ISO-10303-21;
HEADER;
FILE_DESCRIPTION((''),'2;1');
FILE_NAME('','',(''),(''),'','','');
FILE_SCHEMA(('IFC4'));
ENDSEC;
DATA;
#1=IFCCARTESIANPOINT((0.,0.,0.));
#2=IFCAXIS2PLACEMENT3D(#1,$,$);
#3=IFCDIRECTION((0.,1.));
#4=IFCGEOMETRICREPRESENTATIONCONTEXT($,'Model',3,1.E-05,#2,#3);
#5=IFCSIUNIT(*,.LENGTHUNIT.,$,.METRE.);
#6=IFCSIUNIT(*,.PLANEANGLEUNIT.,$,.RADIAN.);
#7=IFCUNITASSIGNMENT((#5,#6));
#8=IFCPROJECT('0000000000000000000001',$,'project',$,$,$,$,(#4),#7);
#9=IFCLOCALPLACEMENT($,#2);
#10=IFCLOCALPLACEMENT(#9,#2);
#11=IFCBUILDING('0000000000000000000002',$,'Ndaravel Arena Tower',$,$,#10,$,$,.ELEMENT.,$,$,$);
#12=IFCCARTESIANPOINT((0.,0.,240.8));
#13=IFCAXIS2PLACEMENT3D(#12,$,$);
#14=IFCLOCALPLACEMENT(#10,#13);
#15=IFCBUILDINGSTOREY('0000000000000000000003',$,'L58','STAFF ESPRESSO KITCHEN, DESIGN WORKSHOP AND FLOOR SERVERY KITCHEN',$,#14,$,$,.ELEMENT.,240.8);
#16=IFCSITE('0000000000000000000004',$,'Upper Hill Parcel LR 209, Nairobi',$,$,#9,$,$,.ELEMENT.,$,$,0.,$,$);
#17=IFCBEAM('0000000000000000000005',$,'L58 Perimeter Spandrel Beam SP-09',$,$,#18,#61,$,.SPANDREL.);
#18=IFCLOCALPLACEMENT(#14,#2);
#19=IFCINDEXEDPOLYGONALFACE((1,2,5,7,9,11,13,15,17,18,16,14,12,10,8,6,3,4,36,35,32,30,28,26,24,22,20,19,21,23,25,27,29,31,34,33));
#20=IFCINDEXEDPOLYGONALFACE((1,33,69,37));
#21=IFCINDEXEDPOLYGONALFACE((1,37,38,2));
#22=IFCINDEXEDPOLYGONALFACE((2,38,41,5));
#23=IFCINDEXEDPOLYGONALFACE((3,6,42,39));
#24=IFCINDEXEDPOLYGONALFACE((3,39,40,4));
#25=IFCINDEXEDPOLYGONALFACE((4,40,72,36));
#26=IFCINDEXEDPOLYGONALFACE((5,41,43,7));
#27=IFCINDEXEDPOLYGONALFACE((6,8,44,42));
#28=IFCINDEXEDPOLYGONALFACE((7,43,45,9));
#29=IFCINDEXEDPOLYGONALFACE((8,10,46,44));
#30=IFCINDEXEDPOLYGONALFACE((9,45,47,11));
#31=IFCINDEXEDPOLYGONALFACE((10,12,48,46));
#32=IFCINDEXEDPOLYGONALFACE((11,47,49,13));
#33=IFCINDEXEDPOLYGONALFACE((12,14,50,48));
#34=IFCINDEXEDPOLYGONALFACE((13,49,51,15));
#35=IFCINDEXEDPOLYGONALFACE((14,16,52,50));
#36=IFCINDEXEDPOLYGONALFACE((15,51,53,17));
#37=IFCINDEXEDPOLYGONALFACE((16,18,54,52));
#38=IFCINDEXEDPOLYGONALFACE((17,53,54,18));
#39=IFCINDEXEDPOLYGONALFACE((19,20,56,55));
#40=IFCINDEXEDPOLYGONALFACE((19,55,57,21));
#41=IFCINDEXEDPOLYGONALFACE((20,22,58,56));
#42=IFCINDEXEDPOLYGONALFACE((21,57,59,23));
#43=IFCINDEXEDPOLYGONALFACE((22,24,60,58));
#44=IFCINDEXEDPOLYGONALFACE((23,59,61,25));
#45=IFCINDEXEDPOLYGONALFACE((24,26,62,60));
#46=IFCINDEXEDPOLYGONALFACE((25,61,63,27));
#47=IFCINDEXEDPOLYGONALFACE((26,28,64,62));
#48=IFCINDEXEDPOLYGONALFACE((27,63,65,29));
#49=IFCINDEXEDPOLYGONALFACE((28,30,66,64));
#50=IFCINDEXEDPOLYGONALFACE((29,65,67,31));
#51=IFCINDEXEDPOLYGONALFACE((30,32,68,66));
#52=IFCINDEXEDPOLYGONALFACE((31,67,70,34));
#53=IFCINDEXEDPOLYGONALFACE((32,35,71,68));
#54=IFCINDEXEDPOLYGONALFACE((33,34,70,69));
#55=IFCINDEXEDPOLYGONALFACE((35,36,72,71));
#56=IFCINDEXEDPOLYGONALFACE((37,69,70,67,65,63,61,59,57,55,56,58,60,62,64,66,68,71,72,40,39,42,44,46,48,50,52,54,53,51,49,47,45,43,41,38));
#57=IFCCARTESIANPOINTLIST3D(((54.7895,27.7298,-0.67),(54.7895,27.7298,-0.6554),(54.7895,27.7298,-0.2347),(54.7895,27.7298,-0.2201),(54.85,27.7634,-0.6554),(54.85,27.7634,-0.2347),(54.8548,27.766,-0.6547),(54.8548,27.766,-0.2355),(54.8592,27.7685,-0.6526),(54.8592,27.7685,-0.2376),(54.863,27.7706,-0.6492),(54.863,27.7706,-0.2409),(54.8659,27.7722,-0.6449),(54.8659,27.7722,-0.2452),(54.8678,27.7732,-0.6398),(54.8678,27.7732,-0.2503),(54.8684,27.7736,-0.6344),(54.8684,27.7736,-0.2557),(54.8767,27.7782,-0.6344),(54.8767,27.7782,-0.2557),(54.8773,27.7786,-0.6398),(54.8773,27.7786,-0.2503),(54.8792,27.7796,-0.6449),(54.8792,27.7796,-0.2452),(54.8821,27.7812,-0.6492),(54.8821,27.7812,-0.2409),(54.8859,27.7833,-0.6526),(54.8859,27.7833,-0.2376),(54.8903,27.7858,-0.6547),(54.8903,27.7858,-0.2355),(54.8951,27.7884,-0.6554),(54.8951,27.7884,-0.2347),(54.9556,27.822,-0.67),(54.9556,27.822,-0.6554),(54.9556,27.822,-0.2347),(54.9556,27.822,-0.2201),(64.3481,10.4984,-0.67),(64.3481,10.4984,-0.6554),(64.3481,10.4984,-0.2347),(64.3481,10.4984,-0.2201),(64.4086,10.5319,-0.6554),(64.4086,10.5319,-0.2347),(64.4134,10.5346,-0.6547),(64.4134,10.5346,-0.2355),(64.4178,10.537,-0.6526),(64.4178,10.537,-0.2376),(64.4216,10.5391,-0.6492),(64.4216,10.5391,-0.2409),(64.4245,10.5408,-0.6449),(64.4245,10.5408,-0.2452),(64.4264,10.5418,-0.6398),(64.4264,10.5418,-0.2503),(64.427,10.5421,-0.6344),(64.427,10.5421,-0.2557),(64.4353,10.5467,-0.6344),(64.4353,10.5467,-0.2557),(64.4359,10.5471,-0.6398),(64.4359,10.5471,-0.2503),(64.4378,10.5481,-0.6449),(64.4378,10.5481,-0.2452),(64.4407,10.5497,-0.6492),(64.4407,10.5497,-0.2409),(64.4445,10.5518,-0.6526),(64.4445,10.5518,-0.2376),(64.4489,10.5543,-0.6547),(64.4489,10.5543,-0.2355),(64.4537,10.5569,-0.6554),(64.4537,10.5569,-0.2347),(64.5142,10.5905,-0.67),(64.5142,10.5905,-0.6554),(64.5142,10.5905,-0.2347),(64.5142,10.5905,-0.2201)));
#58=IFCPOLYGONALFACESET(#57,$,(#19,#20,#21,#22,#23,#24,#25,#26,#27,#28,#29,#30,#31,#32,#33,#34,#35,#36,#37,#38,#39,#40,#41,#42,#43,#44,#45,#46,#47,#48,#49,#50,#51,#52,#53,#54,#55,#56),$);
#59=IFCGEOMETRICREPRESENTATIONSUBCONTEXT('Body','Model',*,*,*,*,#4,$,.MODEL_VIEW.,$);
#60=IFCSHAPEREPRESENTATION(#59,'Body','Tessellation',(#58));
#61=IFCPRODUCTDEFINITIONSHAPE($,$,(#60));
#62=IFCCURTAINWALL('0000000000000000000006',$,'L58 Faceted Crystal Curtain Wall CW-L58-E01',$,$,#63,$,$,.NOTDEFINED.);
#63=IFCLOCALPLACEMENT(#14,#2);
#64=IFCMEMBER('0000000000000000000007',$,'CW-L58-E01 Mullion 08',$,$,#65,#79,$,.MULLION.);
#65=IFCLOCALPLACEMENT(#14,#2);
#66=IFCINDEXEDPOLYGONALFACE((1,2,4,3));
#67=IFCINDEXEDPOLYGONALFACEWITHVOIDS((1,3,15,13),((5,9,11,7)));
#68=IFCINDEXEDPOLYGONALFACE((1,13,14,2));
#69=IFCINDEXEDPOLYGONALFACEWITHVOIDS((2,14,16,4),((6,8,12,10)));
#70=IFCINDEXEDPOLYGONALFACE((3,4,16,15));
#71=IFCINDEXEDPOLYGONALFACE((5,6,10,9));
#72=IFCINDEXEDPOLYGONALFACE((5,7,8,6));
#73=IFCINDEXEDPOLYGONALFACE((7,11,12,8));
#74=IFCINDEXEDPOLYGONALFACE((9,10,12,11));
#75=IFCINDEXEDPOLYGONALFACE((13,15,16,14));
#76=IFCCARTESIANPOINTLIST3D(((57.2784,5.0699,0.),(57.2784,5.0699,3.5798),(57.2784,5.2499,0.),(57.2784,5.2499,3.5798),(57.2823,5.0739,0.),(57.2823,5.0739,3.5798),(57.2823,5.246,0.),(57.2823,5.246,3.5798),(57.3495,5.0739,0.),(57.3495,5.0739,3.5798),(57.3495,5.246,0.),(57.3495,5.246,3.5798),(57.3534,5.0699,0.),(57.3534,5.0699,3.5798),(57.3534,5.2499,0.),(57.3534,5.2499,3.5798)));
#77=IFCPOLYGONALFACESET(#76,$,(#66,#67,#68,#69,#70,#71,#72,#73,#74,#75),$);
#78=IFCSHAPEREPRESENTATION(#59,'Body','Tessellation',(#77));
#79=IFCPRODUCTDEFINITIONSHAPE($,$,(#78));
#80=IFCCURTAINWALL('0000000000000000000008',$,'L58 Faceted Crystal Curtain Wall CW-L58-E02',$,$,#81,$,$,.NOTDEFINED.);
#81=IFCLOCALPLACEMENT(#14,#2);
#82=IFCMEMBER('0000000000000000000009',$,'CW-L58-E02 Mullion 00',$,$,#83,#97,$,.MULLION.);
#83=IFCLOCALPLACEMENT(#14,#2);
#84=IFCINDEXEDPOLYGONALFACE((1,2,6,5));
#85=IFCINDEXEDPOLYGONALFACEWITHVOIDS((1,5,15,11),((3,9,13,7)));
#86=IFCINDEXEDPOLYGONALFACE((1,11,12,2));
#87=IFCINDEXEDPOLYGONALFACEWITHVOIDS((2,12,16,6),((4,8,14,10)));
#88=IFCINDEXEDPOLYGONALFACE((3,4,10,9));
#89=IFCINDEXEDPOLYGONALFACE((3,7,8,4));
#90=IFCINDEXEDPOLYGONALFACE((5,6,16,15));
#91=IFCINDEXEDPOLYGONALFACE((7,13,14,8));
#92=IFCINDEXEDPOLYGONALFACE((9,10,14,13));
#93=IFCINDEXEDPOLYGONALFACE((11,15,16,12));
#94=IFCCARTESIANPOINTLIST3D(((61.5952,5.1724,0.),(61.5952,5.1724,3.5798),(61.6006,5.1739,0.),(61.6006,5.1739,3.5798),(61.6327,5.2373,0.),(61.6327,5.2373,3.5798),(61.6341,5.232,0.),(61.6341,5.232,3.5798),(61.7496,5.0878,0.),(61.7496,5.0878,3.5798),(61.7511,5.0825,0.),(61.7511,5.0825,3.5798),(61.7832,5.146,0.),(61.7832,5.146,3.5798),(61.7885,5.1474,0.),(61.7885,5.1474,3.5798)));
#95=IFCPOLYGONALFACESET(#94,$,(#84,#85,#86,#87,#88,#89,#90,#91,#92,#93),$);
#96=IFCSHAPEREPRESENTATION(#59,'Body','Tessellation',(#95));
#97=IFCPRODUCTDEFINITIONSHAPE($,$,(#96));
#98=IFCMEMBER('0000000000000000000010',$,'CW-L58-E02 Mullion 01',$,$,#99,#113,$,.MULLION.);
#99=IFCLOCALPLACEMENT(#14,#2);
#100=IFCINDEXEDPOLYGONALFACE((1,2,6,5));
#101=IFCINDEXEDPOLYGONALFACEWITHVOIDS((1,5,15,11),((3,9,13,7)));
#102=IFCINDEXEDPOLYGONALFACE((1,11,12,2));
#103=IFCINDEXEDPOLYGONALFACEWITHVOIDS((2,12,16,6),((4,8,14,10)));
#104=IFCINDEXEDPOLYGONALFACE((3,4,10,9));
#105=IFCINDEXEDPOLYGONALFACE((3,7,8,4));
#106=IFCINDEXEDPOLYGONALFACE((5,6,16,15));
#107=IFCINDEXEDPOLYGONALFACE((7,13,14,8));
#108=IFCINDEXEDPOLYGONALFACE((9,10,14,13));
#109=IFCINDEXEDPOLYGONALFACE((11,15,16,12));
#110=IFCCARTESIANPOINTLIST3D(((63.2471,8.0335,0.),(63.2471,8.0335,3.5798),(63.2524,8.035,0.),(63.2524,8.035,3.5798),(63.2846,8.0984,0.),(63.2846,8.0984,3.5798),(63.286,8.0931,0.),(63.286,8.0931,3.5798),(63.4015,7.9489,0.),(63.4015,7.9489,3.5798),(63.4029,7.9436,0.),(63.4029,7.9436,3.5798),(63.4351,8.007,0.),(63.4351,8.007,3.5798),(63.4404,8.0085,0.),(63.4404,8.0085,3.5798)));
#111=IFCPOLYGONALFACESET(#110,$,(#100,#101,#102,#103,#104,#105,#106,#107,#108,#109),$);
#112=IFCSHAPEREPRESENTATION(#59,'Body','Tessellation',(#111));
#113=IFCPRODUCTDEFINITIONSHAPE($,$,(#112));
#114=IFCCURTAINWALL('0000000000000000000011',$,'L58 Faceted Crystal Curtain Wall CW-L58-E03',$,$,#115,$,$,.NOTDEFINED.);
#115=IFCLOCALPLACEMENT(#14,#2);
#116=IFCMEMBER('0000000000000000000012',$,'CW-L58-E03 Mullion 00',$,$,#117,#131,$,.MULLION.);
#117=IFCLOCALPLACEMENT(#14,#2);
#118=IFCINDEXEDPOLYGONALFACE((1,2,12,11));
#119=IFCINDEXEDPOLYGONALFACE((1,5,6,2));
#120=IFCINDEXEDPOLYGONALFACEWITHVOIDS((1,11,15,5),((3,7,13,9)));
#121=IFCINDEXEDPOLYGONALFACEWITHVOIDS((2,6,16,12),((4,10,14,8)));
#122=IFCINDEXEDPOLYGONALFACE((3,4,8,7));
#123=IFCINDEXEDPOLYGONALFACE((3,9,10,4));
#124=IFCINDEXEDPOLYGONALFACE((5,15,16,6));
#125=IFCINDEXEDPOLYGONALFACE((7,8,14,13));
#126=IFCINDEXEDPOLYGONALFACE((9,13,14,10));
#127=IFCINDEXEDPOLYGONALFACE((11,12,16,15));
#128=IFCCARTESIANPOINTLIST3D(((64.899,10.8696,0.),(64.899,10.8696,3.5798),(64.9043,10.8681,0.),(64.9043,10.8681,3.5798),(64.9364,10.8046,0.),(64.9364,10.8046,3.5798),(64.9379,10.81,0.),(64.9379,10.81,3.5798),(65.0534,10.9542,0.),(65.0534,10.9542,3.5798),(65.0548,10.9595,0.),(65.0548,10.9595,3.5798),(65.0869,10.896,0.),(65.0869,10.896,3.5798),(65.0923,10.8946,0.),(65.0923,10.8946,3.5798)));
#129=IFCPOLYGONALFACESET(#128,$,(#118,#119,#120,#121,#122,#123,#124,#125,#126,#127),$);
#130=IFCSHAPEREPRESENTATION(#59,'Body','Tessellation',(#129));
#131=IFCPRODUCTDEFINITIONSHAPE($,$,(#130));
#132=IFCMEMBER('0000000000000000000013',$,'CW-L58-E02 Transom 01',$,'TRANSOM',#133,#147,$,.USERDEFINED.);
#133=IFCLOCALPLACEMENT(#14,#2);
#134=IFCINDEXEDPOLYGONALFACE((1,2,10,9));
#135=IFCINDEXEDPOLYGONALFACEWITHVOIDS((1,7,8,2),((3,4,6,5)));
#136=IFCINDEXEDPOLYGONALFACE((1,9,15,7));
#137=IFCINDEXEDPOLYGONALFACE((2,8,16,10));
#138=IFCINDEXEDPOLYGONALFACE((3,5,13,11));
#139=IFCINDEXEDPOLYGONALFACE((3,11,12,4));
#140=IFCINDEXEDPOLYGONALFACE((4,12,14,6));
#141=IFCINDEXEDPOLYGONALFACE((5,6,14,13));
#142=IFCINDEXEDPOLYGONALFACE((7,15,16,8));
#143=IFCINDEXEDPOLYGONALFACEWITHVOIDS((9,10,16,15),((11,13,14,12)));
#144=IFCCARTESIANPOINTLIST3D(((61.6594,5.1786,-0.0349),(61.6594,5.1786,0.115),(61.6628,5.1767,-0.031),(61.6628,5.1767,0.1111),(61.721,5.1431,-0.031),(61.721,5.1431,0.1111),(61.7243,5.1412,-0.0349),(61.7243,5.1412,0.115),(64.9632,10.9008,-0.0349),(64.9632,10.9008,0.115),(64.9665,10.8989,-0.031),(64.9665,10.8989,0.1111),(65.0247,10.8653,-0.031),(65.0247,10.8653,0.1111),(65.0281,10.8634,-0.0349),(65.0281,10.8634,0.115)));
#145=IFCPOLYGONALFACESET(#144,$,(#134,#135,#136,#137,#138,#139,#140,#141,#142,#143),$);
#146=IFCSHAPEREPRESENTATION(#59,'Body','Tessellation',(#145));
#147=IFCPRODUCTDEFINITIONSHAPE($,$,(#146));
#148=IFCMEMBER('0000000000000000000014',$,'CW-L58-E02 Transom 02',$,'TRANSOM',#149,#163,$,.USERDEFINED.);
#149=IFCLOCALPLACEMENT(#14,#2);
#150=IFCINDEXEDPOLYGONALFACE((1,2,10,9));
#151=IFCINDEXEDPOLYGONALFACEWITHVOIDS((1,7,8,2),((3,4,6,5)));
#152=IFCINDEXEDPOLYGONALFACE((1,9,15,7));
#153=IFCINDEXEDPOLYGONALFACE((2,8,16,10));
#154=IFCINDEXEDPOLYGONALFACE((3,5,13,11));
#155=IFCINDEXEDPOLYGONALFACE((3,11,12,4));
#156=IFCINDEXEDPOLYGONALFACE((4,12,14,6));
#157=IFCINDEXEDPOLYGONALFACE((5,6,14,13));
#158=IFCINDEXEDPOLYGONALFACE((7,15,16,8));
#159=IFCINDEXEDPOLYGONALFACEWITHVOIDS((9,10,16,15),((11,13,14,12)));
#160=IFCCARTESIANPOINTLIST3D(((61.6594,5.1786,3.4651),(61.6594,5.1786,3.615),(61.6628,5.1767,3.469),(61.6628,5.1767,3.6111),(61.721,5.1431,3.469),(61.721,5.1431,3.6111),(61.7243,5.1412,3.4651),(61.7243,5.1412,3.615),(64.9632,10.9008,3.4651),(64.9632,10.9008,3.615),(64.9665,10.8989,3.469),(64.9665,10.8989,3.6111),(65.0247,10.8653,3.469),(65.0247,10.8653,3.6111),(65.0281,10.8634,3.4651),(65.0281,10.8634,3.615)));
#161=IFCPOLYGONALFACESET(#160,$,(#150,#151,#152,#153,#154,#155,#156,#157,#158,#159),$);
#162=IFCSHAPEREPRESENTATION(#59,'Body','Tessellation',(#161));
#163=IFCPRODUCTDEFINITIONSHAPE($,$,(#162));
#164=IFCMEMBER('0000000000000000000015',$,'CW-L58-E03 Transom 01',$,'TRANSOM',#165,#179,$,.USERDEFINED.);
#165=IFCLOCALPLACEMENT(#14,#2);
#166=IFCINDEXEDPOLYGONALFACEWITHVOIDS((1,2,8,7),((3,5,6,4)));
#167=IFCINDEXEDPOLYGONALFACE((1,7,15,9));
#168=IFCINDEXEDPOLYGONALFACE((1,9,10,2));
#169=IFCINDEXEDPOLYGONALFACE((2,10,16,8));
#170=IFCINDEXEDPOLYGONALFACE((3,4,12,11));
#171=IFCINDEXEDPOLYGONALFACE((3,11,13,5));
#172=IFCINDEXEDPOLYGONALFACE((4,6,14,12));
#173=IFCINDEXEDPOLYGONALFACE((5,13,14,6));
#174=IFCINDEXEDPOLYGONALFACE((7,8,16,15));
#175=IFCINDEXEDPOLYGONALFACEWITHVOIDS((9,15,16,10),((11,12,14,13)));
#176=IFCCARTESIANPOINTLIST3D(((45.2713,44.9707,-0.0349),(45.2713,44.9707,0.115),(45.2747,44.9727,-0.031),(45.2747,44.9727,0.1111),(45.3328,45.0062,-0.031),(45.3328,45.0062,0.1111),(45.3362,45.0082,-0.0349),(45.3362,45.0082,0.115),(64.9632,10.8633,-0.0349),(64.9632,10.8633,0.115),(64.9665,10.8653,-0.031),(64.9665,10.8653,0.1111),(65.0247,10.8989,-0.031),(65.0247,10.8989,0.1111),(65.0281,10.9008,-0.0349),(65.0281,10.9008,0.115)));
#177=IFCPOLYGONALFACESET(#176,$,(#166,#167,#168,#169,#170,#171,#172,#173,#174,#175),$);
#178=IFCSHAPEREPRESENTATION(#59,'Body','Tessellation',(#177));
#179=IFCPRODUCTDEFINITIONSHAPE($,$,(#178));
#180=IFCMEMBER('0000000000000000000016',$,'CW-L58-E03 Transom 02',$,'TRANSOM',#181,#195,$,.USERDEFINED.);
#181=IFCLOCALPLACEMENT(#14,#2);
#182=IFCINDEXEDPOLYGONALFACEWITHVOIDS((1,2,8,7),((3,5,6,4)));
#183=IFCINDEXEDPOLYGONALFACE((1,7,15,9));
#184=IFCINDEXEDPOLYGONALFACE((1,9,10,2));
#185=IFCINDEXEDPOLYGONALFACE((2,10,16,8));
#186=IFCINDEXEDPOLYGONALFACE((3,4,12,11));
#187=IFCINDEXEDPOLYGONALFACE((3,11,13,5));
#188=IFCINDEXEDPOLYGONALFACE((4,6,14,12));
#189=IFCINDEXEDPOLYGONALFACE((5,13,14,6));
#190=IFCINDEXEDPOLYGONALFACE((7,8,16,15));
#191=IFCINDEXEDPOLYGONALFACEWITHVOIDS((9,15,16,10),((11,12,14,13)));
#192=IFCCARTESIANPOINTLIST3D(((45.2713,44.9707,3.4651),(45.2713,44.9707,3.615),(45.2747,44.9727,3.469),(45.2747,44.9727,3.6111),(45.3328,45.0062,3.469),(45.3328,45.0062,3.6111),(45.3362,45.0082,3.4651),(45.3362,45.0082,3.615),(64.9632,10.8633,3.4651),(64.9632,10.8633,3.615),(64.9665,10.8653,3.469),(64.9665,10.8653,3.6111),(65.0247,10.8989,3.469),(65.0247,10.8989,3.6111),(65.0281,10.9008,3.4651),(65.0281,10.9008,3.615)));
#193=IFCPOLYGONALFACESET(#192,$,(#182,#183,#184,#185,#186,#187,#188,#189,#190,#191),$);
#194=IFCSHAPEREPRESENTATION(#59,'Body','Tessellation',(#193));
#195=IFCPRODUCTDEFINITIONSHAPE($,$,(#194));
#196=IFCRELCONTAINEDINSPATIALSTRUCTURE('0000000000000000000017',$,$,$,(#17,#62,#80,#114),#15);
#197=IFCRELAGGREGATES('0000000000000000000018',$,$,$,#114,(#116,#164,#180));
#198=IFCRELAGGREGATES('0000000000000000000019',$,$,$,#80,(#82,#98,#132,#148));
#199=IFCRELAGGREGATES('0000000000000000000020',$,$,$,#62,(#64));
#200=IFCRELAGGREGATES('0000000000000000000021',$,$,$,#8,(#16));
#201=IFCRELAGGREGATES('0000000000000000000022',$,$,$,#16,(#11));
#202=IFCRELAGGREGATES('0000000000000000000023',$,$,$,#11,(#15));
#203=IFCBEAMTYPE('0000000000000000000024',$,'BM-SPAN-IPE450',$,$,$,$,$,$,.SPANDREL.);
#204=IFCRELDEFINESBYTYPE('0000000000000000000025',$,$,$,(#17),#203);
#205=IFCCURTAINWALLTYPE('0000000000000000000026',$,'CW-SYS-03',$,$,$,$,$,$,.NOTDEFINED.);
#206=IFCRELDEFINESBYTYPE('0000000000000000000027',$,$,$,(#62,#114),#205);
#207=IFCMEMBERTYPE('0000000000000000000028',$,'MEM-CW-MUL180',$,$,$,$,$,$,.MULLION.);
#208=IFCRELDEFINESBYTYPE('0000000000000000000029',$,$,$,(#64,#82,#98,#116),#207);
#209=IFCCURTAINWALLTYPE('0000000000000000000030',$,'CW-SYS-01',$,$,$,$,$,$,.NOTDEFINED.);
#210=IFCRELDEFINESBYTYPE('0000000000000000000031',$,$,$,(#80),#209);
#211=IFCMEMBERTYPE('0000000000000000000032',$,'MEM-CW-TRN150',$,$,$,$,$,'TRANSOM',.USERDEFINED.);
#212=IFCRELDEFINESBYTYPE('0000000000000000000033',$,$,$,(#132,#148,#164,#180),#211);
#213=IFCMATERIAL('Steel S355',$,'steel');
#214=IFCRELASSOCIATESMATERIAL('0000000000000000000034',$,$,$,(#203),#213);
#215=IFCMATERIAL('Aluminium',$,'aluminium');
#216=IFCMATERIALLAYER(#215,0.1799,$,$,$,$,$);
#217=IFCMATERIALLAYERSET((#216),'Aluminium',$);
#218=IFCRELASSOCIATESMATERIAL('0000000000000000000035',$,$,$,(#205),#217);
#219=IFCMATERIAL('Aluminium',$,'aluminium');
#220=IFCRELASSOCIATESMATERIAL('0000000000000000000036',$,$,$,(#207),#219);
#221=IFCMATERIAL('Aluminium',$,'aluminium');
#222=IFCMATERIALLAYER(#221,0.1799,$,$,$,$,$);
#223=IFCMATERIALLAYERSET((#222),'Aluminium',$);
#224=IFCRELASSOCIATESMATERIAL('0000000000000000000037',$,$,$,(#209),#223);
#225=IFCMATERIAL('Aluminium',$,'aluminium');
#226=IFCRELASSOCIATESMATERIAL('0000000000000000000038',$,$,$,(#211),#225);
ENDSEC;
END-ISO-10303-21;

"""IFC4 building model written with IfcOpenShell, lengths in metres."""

from ifc_helpers import new_model, si_unit, direction, frame, origin, origin_2d, place, context, subcontext, project, spatial, hollow_rectangle, i_section, extrude, material, layer, layer_set, material_profile, profile_set, type_object, element, aggregate, save


model = new_model("IFC4")

# Units and contexts
model_context = context("Model", 3, precision=1e-05, world=origin(), true_north=direction((0.0, 1.0)))
body_context = subcontext(model_context, "Body", "Model", "MODEL_VIEW")
ifc_project = project(units=[si_unit("LENGTHUNIT", "METRE"), si_unit("PLANEANGLEUNIT", "RADIAN")], contexts=[model_context])

# Site, building, storey
site_placement = place(None, origin())
site = spatial("IfcSite", under=ifc_project, at=site_placement, Name="Upper Hill Parcel LR 209, Nairobi", CompositionType="ELEMENT", RefElevation=0.0)
building_placement = place(site_placement, origin())
building = spatial("IfcBuilding", under=site, at=building_placement, Name="Ndaravel Arena Tower", CompositionType="ELEMENT")
storey_placement = place(building_placement, frame((0.0, 0.0, 240.8)))
storey = spatial("IfcBuildingStorey", under=building, at=storey_placement, Name="L58", Description="STAFF ESPRESSO KITCHEN, DESIGN WORKSHOP AND FLOOR SERVERY KITCHEN", CompositionType="ELEMENT", Elevation=240.8)

# Beam
ifc_material_1 = material(Name="Steel S355", Category="steel")
ifc_material_profile_1 = material_profile(ifc_material_1, i_section(OverallWidth=0.1899, OverallDepth=0.45, WebThickness=0.0095, FlangeThickness=0.0146, FilletRadius=0.021, at=origin_2d()), Name="IPE 450")
ifc_profile_set_1 = profile_set([ifc_material_profile_1], Name="Steel S355")
beam_type = type_object("IfcBeamType", Name="BM-SPAN-IPE450", PredefinedType="SPANDREL", material=ifc_profile_set_1)
beam_placement = place(storey_placement, frame((64.4312, 10.5444, -0.4451), z_axis=(-0.485083, 0.874468, 0.0), x_axis=(-0.874468, -0.485083, 0.0)))
element("IfcBeam", 1, at=beam_placement, inside=storey, type_object=beam_type, Name="L58 Perimeter Spandrel Beam SP-09", PredefinedType="SPANDREL", context=body_context, shape_type="SweptSolid", body=[
    extrude(i_section(OverallWidth=0.1899, OverallDepth=0.45, WebThickness=0.0095, FlangeThickness=0.0146, FilletRadius=0.021, at=origin_2d()), origin(), (0.0, 0.0, 1.0), 19.7051),
])

# Curtain wall, member
ifc_material_2 = material(Name="Aluminium", Category="aluminium")
ifc_layer_1 = layer(ifc_material_2, 0.1799)
ifc_layer_set_1 = layer_set([ifc_layer_1], Name="Aluminium")
curtain_wall_type_1 = type_object("IfcCurtainWallType", Name="CW-SYS-03", PredefinedType="NOTDEFINED", material=ifc_layer_set_1)
curtain_wall_1_placement = place(storey_placement, origin())
curtain_wall_1 = element("IfcCurtainWall", 2, at=curtain_wall_1_placement, inside=storey, type_object=curtain_wall_type_1, Name="L58 Faceted Crystal Curtain Wall CW-L58-E01", PredefinedType="NOTDEFINED")
ifc_material_3 = material(Name="Aluminium", Category="aluminium")
ifc_material_profile_2 = material_profile(ifc_material_3, hollow_rectangle(XDim=0.075, YDim=0.1799, WallThickness=0.0039, at=origin_2d()), Name="CW MULLION 75x180x4")
ifc_profile_set_2 = profile_set([ifc_material_profile_2], Name="Aluminium")
member_type_1 = type_object("IfcMemberType", Name="MEM-CW-MUL180", PredefinedType="MULLION", material=ifc_profile_set_2)
member_1_placement = place(storey_placement, frame((57.3159, 5.1599, 0.0), z_axis=(0.0, 0.0, 1.0), x_axis=(1.0, 0.0, 0.0)))
member_1 = element("IfcMember", 3, at=member_1_placement, type_object=member_type_1, Name="CW-L58-E01 Mullion 08", PredefinedType="MULLION", context=body_context, shape_type="SweptSolid", body=[
    extrude(hollow_rectangle(XDim=0.075, YDim=0.1799, WallThickness=0.0039, at=origin_2d()), origin(), (0.0, 0.0, 1.0), 3.5798),
])

# Curtain wall, members
ifc_material_4 = material(Name="Aluminium", Category="aluminium")
ifc_layer_2 = layer(ifc_material_4, 0.1799)
ifc_layer_set_2 = layer_set([ifc_layer_2], Name="Aluminium")
curtain_wall_type_2 = type_object("IfcCurtainWallType", Name="CW-SYS-01", PredefinedType="NOTDEFINED", material=ifc_layer_set_2)
curtain_wall_2_placement = place(storey_placement, origin())
curtain_wall_2 = element("IfcCurtainWall", 4, at=curtain_wall_2_placement, inside=storey, type_object=curtain_wall_type_2, Name="L58 Faceted Crystal Curtain Wall CW-L58-E02", PredefinedType="NOTDEFINED")
member_2_placement = place(storey_placement, frame((61.6919, 5.1599, 0.0), z_axis=(0.0, 0.0, 1.0), x_axis=(0.5, 0.866025, 0.0)))
member_2 = element("IfcMember", 5, at=member_2_placement, type_object=member_type_1, Name="CW-L58-E02 Mullion 00", PredefinedType="MULLION", context=body_context, shape_type="SweptSolid", body=[
    extrude(hollow_rectangle(XDim=0.075, YDim=0.1799, WallThickness=0.0039, at=origin_2d()), origin(), (0.0, 0.0, 1.0), 3.5798),
])
member_3_placement = place(storey_placement, frame((63.3438, 8.021, 0.0), z_axis=(0.0, 0.0, 1.0), x_axis=(0.5, 0.866025, 0.0)))
member_3 = element("IfcMember", 6, at=member_3_placement, type_object=member_type_1, Name="CW-L58-E02 Mullion 01", PredefinedType="MULLION", context=body_context, shape_type="SweptSolid", body=[
    extrude(hollow_rectangle(XDim=0.075, YDim=0.1799, WallThickness=0.0039, at=origin_2d()), origin(), (0.0, 0.0, 1.0), 3.5798),
])

# Curtain wall, member
curtain_wall_3_placement = place(storey_placement, origin())
curtain_wall_3 = element("IfcCurtainWall", 7, at=curtain_wall_3_placement, inside=storey, type_object=curtain_wall_type_1, Name="L58 Faceted Crystal Curtain Wall CW-L58-E03", PredefinedType="NOTDEFINED")
member_4_placement = place(storey_placement, frame((64.9956, 10.8821, 0.0), z_axis=(0.0, 0.0, 1.0), x_axis=(-0.5, 0.866025, 0.0)))
member_4 = element("IfcMember", 8, at=member_4_placement, type_object=member_type_1, Name="CW-L58-E03 Mullion 00", PredefinedType="MULLION", context=body_context, shape_type="SweptSolid", body=[
    extrude(hollow_rectangle(XDim=0.075, YDim=0.1799, WallThickness=0.0039, at=origin_2d()), origin(), (0.0, 0.0, 1.0), 3.5798),
])

# Members
ifc_material_5 = material(Name="Aluminium", Category="aluminium")
ifc_material_profile_3 = material_profile(ifc_material_5, hollow_rectangle(XDim=0.075, YDim=0.1499, WallThickness=0.0039, at=origin_2d()), Name="CW TRANSOM 75x150x4")
ifc_profile_set_3 = profile_set([ifc_material_profile_3], Name="Aluminium")
member_type_2 = type_object("IfcMemberType", Name="MEM-CW-TRN150", ElementType="TRANSOM", PredefinedType="USERDEFINED", material=ifc_profile_set_3)
member_5_placement = place(storey_placement, frame((61.6919, 5.1599, 0.04), z_axis=(0.500002, 0.866024, 0.0), x_axis=(-0.866024, 0.500002, 0.0)))
member_5 = element("IfcMember", 9, at=member_5_placement, type_object=member_type_2, Name="CW-L58-E02 Transom 01", ObjectType="TRANSOM", PredefinedType="USERDEFINED", context=body_context, shape_type="SweptSolid", body=[
    extrude(hollow_rectangle(XDim=0.075, YDim=0.1499, WallThickness=0.0039, at=origin_2d()), origin(), (0.0, 0.0, 1.0), 6.6074),
])
member_6_placement = place(storey_placement, frame((61.6919, 5.1599, 3.54), z_axis=(0.500002, 0.866024, 0.0), x_axis=(-0.866024, 0.500002, 0.0)))
member_6 = element("IfcMember", 10, at=member_6_placement, type_object=member_type_2, Name="CW-L58-E02 Transom 02", ObjectType="TRANSOM", PredefinedType="USERDEFINED", context=body_context, shape_type="SweptSolid", body=[
    extrude(hollow_rectangle(XDim=0.075, YDim=0.1499, WallThickness=0.0039, at=origin_2d()), origin(), (0.0, 0.0, 1.0), 6.6074),
])
member_7_placement = place(storey_placement, frame((64.9956, 10.8821, 0.04), z_axis=(-0.499999, 0.866026, 0.0), x_axis=(-0.866026, -0.499999, 0.0)))
member_7 = element("IfcMember", 11, at=member_7_placement, type_object=member_type_2, Name="CW-L58-E03 Transom 01", ObjectType="TRANSOM", PredefinedType="USERDEFINED", context=body_context, shape_type="SweptSolid", body=[
    extrude(hollow_rectangle(XDim=0.075, YDim=0.1499, WallThickness=0.0039, at=origin_2d()), origin(), (0.0, 0.0, 1.0), 39.3838),
])
member_8_placement = place(storey_placement, frame((64.9956, 10.8821, 3.54), z_axis=(-0.499999, 0.866026, 0.0), x_axis=(-0.866026, -0.499999, 0.0)))
member_8 = element("IfcMember", 12, at=member_8_placement, type_object=member_type_2, Name="CW-L58-E03 Transom 02", ObjectType="TRANSOM", PredefinedType="USERDEFINED", context=body_context, shape_type="SweptSolid", body=[
    extrude(hollow_rectangle(XDim=0.075, YDim=0.1499, WallThickness=0.0039, at=origin_2d()), origin(), (0.0, 0.0, 1.0), 39.3838),
])
aggregate(curtain_wall_3, [member_4, member_7, member_8])

aggregate(curtain_wall_2, [member_2, member_3, member_5, member_6])
aggregate(curtain_wall_1, [member_1])

save(model, "model.ifc")
